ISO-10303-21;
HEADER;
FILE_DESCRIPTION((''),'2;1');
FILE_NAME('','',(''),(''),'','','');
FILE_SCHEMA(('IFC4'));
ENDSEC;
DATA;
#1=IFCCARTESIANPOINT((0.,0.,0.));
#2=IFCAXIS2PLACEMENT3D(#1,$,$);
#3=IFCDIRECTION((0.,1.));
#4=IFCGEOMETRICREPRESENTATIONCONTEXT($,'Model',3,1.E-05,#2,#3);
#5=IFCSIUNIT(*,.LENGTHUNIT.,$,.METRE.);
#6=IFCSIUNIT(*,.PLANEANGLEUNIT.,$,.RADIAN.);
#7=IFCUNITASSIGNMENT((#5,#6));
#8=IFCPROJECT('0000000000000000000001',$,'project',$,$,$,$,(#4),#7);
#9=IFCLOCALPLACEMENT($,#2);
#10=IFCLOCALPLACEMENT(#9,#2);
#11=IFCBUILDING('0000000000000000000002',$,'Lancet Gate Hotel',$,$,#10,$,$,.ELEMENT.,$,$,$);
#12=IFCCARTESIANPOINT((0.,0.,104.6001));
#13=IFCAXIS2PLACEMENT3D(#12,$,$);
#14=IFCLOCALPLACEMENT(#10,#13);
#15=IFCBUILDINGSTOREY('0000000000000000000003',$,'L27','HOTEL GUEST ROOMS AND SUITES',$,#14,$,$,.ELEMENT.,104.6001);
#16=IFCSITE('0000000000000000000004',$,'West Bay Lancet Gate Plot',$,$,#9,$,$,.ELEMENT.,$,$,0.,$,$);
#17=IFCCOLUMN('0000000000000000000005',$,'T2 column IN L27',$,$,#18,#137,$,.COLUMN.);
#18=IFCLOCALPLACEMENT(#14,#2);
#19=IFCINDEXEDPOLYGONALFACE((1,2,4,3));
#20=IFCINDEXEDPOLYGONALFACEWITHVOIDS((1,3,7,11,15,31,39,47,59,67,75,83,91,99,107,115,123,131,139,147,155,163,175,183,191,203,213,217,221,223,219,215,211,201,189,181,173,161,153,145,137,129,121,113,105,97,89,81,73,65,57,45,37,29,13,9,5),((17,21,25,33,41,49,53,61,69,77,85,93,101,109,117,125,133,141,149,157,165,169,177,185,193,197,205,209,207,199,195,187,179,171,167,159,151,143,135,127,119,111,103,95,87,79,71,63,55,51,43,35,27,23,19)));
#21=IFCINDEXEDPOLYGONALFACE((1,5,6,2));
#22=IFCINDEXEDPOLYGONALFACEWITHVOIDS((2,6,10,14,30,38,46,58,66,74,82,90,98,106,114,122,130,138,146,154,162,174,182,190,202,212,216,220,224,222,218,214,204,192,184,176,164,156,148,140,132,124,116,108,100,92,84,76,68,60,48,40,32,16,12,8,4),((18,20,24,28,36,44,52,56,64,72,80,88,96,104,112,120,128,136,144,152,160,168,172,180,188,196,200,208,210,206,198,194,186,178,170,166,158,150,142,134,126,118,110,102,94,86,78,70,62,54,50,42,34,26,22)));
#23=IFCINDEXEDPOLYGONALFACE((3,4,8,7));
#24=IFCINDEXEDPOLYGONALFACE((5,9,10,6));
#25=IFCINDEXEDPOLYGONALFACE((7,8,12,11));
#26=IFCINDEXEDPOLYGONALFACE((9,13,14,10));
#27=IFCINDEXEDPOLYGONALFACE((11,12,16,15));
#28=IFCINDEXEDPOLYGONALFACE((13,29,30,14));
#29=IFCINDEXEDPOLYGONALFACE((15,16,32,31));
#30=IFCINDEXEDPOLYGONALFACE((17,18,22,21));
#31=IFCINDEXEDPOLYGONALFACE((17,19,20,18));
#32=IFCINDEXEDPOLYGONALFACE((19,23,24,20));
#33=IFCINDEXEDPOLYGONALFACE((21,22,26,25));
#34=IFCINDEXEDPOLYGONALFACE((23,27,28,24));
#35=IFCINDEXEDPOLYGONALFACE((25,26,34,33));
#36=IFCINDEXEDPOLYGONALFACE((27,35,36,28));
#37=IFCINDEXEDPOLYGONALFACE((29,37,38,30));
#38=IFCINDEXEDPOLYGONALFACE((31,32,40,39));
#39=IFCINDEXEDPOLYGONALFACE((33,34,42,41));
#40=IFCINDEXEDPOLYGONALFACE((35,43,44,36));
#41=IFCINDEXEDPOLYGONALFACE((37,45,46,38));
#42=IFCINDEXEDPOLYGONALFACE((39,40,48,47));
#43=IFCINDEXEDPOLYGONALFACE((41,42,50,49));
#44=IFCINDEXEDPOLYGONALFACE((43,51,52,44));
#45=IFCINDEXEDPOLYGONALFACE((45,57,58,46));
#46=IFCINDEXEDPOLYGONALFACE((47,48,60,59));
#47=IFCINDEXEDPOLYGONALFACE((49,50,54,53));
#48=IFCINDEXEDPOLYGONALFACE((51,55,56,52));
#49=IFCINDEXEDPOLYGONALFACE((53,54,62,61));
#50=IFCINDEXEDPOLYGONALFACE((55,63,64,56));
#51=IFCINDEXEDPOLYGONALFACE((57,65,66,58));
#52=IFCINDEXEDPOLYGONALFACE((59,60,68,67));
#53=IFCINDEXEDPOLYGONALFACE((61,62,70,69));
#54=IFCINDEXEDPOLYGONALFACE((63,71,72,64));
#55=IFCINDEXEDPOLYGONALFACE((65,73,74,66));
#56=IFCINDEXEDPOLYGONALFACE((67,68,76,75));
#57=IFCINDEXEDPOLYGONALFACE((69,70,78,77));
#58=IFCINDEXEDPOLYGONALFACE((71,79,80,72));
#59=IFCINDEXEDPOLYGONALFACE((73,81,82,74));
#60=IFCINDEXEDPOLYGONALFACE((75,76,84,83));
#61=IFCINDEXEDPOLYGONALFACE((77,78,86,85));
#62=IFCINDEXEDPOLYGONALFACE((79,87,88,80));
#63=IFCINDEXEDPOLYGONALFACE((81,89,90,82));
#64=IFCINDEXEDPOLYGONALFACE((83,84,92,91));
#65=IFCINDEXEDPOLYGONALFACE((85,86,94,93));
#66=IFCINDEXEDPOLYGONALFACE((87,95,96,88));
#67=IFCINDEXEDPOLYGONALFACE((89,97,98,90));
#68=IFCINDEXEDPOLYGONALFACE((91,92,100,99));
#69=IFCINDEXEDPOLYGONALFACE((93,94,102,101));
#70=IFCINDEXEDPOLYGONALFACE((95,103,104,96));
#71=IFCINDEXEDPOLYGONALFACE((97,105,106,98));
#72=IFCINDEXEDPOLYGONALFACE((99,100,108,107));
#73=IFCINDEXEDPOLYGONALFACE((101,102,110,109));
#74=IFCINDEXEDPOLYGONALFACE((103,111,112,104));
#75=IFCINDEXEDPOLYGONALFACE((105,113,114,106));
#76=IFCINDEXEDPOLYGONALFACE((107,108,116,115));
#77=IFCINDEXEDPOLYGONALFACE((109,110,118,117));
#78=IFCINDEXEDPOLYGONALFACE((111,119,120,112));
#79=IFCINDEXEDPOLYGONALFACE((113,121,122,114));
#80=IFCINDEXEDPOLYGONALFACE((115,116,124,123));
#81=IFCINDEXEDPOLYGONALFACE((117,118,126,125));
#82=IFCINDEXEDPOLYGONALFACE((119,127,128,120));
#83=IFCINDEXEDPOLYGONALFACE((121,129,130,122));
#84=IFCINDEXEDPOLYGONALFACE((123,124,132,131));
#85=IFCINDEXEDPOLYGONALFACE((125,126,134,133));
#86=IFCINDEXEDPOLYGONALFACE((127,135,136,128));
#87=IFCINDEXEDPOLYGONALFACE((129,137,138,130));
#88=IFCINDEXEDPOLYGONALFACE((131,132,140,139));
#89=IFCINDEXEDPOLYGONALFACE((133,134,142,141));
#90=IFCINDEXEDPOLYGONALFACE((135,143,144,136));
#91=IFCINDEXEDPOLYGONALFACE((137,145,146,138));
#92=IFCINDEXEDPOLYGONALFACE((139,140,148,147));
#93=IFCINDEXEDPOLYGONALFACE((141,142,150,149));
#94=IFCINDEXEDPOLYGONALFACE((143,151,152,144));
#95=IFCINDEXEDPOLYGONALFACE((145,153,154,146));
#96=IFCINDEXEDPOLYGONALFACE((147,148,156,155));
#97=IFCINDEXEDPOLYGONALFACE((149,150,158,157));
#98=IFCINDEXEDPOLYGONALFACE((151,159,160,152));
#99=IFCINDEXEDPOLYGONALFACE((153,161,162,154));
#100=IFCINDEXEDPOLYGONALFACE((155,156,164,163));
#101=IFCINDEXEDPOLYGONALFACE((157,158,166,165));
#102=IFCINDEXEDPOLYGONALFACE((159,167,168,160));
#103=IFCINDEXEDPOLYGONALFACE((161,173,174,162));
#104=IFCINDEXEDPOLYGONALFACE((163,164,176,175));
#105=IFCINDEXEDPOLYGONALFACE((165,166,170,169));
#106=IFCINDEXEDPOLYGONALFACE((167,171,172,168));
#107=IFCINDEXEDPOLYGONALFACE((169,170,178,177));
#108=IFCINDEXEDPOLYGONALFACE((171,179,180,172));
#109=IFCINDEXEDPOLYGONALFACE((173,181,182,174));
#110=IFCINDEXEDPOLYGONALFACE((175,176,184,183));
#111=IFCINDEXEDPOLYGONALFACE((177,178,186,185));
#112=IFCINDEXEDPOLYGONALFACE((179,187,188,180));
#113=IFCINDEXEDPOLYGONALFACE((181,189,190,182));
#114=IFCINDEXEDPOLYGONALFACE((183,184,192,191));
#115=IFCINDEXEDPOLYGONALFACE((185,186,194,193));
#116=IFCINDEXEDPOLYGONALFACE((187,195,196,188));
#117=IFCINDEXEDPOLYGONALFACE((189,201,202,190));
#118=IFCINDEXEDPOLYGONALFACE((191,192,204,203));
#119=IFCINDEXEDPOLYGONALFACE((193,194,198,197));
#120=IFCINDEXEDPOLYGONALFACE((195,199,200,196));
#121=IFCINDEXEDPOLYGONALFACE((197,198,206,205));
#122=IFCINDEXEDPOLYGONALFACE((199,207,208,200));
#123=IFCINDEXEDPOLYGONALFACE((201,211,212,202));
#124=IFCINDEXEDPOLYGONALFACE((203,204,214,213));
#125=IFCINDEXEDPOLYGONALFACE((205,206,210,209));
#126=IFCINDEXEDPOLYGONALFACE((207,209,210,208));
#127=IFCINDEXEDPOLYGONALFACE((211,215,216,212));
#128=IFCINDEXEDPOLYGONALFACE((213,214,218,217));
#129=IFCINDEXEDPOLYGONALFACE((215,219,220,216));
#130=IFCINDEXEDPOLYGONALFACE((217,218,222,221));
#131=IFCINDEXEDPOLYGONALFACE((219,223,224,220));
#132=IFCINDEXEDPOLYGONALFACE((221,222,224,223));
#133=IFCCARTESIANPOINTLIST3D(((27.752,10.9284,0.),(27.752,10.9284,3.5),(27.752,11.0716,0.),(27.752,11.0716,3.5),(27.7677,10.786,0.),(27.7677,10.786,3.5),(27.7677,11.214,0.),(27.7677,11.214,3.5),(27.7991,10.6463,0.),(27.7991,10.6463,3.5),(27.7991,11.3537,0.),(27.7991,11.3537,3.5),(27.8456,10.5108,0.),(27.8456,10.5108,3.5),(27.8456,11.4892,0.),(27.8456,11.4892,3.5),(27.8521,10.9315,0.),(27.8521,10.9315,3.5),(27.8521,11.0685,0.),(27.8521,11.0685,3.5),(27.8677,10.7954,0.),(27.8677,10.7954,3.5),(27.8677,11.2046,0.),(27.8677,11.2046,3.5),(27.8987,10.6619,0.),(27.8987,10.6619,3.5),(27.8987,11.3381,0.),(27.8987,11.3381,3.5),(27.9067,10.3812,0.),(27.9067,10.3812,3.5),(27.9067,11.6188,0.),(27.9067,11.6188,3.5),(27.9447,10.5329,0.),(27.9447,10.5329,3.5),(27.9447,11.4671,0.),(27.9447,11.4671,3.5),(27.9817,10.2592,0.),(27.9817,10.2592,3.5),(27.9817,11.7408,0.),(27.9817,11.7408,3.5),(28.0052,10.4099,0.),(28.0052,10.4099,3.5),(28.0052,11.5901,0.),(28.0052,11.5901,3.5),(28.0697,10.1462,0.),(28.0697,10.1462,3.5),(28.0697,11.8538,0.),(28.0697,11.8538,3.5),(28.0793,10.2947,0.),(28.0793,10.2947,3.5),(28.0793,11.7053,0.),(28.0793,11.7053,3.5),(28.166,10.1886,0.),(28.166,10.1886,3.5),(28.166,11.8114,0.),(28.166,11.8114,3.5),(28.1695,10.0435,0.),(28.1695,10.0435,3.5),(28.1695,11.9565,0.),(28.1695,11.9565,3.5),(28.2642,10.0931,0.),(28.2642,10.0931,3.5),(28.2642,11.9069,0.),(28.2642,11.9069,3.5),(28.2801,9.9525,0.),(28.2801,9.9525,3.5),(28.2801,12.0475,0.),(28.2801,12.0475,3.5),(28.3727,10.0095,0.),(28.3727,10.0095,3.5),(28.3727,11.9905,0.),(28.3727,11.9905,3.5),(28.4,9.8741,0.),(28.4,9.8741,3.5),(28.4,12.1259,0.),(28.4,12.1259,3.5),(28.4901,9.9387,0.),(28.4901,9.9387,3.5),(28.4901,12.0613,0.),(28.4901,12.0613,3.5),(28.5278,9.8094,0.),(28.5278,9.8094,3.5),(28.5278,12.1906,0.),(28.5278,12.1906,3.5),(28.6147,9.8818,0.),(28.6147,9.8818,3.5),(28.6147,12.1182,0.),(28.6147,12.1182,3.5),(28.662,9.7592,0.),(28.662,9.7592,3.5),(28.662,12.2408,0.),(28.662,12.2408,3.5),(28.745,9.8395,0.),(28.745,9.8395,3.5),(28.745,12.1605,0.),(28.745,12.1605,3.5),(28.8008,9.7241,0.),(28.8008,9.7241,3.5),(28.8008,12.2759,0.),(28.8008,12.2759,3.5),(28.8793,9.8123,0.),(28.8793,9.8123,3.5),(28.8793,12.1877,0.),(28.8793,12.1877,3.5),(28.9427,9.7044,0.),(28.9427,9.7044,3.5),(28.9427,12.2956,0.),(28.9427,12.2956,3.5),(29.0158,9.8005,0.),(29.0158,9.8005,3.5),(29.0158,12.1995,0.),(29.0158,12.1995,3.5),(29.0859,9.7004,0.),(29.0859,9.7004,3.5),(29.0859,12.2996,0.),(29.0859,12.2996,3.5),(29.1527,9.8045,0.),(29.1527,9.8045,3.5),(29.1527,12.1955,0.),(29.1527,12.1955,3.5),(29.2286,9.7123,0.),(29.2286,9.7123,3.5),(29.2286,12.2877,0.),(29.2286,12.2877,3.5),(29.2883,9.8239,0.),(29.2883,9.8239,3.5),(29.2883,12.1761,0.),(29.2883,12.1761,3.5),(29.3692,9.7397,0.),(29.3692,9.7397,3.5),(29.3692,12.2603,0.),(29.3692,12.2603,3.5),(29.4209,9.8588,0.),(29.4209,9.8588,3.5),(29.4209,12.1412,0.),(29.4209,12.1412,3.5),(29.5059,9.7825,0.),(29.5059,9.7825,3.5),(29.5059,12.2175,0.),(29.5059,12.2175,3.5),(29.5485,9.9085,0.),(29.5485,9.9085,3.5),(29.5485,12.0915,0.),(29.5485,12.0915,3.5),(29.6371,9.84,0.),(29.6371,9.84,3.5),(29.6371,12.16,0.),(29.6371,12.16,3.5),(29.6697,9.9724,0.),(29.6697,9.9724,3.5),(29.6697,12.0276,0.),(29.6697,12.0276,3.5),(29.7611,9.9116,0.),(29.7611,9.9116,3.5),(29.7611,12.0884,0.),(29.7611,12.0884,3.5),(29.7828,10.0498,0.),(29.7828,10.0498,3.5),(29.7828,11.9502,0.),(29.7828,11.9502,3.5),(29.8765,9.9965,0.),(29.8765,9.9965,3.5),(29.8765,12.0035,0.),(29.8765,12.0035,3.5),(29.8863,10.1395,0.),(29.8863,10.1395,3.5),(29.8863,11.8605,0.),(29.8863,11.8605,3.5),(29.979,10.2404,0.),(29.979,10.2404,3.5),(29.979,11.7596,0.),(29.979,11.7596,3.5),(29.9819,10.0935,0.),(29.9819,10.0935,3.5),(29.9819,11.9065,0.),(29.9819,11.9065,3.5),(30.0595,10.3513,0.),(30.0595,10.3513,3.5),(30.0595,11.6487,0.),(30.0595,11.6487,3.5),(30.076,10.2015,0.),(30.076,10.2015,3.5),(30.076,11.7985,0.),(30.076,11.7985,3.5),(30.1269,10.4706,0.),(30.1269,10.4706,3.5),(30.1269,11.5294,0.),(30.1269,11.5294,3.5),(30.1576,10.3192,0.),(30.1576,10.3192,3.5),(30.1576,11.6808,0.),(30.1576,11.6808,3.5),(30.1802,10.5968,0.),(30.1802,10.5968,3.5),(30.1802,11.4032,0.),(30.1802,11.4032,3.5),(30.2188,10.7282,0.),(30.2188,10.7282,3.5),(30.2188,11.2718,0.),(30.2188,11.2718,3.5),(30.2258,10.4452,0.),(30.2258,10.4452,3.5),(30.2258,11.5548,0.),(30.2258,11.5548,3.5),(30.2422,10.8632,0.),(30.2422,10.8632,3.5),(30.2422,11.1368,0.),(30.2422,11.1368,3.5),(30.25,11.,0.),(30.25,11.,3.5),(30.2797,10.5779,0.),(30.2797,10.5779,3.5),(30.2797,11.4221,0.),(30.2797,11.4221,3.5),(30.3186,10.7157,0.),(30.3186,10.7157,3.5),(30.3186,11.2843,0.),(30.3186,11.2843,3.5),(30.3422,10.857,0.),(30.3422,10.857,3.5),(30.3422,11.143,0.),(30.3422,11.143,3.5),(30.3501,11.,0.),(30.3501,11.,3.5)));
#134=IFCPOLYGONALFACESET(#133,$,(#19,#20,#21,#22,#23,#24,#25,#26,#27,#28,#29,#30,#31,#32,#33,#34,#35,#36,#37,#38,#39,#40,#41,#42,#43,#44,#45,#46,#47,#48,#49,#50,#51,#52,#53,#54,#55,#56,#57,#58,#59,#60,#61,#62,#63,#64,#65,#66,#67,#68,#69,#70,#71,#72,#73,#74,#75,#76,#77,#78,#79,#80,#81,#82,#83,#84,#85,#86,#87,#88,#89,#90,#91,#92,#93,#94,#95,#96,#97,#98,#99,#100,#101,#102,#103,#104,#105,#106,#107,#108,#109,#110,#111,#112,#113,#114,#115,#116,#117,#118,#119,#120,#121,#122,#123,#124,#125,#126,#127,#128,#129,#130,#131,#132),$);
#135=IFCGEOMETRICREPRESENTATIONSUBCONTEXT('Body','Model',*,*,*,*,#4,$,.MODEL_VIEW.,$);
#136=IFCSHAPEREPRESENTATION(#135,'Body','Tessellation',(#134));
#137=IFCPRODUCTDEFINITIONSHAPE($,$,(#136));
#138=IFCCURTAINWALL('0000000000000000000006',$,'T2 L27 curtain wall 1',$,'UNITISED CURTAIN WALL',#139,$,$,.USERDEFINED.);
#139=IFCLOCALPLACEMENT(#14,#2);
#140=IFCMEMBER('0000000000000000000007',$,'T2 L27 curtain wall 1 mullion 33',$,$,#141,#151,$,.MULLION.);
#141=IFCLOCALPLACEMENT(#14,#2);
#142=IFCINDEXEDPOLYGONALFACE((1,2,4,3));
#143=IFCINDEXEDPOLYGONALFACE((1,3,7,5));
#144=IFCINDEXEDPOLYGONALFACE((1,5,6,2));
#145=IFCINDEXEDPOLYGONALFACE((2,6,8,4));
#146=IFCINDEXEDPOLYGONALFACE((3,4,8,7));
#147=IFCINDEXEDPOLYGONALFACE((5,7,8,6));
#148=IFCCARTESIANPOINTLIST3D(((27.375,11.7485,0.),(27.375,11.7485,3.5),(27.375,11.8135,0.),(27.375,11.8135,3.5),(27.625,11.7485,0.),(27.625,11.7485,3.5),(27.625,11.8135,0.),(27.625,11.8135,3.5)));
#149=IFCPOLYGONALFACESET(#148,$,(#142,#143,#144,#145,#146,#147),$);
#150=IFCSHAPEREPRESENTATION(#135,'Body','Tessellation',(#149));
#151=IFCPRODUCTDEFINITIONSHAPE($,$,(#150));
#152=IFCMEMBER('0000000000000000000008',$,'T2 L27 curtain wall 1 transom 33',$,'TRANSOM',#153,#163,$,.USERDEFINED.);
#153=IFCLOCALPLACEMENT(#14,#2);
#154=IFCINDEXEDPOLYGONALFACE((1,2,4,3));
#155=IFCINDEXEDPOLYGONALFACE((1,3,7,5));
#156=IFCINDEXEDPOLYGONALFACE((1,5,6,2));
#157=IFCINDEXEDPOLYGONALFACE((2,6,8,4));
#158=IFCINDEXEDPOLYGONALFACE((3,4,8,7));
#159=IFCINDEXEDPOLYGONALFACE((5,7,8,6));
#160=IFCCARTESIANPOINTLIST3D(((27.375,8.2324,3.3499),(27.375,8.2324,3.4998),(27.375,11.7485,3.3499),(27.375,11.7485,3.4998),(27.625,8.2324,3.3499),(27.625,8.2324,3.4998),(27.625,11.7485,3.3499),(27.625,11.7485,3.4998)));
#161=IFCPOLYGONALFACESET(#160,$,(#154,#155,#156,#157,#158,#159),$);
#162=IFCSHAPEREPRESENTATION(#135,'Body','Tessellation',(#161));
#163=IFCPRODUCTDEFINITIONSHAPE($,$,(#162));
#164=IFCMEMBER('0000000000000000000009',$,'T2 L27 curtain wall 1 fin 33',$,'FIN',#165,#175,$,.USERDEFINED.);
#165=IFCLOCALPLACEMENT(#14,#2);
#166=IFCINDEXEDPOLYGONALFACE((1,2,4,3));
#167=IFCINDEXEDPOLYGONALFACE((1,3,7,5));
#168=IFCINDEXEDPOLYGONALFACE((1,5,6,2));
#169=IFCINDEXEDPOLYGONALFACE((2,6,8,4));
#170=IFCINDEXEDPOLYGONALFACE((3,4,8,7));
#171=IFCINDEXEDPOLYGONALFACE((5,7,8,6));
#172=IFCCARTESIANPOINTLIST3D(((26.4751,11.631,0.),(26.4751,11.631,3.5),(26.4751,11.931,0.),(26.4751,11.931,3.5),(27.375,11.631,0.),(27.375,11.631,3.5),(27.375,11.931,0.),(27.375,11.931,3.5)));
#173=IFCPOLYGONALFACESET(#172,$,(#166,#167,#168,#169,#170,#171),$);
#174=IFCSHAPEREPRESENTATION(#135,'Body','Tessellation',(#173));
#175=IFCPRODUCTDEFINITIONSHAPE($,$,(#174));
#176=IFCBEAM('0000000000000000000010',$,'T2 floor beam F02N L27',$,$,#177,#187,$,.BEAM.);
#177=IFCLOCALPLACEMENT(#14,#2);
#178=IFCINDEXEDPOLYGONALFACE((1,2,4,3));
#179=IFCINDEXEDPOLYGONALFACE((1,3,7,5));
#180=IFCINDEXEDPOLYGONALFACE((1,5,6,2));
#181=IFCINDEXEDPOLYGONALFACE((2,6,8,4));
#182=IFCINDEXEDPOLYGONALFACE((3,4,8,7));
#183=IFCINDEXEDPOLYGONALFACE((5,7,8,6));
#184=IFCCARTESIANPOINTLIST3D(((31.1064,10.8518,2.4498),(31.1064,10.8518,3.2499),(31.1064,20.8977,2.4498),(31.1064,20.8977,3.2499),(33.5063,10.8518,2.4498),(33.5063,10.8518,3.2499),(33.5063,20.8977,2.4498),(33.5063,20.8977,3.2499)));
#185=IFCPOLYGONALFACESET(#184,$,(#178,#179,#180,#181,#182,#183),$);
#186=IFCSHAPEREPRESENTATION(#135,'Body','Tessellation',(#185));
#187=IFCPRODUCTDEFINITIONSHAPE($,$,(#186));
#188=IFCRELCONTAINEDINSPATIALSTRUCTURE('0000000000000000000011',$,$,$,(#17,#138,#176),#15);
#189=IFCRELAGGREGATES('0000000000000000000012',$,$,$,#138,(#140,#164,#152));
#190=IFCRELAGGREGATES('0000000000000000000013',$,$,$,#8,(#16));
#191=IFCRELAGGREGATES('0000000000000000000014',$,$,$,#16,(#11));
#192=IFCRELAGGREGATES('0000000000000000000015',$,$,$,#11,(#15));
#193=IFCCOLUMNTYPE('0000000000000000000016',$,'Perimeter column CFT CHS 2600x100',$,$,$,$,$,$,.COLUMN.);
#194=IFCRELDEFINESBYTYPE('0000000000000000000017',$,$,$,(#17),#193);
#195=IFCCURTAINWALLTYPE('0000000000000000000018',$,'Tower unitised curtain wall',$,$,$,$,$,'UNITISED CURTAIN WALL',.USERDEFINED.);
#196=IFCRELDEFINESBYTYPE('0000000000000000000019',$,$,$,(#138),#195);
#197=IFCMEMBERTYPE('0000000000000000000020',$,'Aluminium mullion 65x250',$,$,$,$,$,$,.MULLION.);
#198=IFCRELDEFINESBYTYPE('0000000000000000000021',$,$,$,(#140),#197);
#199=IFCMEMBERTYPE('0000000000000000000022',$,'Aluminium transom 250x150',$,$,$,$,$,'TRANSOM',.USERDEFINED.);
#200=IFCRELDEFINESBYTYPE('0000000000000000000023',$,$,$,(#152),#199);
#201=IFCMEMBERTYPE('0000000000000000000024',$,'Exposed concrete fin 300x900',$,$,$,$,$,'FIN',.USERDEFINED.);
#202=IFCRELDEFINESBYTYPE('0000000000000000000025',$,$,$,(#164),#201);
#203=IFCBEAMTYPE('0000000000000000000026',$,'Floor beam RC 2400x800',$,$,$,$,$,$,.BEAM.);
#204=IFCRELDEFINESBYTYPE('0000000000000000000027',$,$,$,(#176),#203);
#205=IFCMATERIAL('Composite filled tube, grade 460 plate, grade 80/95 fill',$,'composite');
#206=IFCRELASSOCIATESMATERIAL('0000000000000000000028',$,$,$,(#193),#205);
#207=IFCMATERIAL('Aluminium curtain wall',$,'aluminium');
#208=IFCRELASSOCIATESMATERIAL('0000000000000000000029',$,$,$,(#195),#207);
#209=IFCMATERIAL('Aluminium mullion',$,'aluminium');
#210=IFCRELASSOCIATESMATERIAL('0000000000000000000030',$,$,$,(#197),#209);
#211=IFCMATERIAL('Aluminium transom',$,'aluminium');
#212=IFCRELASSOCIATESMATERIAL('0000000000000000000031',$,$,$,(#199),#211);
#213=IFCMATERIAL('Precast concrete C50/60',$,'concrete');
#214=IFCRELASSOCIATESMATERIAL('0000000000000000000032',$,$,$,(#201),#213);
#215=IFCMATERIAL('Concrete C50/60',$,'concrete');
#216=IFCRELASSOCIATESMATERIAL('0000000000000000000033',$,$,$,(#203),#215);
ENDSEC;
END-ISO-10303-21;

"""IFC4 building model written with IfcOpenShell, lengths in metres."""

from ifc_helpers import new_model, si_unit, direction, frame, origin, origin_2d, place, context, subcontext, project, spatial, rectangle, hollow_circle, extrude, material, material_profile, profile_set, type_object, element, aggregate, save


model = new_model("IFC4")

# Units and contexts
model_context = context("Model", 3, precision=1e-05, world=origin(), true_north=direction((0.0, 1.0)))
body_context = subcontext(model_context, "Body", "Model", "MODEL_VIEW")
ifc_project = project(units=[si_unit("LENGTHUNIT", "METRE"), si_unit("PLANEANGLEUNIT", "RADIAN")], contexts=[model_context])

# Site, building, storey
site_placement = place(None, origin())
site = spatial("IfcSite", under=ifc_project, at=site_placement, Name="West Bay Lancet Gate Plot", CompositionType="ELEMENT", RefElevation=0.0)
building_placement = place(site_placement, origin())
building = spatial("IfcBuilding", under=site, at=building_placement, Name="Lancet Gate Hotel", CompositionType="ELEMENT")
storey_placement = place(building_placement, frame((0.0, 0.0, 104.6001)))
storey = spatial("IfcBuildingStorey", under=building, at=storey_placement, Name="L27", Description="HOTEL GUEST ROOMS AND SUITES", CompositionType="ELEMENT", Elevation=104.6001)

# Column
ifc_material_1 = material(Name="Composite filled tube, grade 460 plate, grade 80/95 fill", Category="composite")
ifc_material_profile_1 = material_profile(ifc_material_1, hollow_circle(Radius=1.3, WallThickness=0.1001, at=origin_2d()), Name="CHS 2600x100")
ifc_profile_set_1 = profile_set([ifc_material_profile_1], Name="Composite filled tube, grade 460 plate, grade 80/95 fill")
column_type = type_object("IfcColumnType", Name="Perimeter column CFT CHS 2600x100", PredefinedType="COLUMN", material=ifc_profile_set_1)
column_placement = place(storey_placement, frame((29.05, 11.0, 0.0), z_axis=(0.0, 0.0, 1.0), x_axis=(1.0, 0.0, 0.0)))
element("IfcColumn", 1, at=column_placement, inside=storey, type_object=column_type, Name="T2 column IN L27", PredefinedType="COLUMN", context=body_context, shape_type="SweptSolid", body=[
    extrude(hollow_circle(Radius=1.3, WallThickness=0.1001, at=origin_2d()), origin(), (0.0, 0.0, 1.0), 3.5),
])

# Curtain wall, members
ifc_material_2 = material(Name="Aluminium curtain wall", Category="aluminium")
curtain_wall_type = type_object("IfcCurtainWallType", Name="Tower unitised curtain wall", ElementType="UNITISED CURTAIN WALL", PredefinedType="USERDEFINED", material=ifc_material_2)
curtain_wall_placement = place(storey_placement, origin())
curtain_wall = element("IfcCurtainWall", 2, at=curtain_wall_placement, inside=storey, type_object=curtain_wall_type, Name="T2 L27 curtain wall 1", ObjectType="UNITISED CURTAIN WALL", PredefinedType="USERDEFINED")
ifc_material_3 = material(Name="Aluminium mullion", Category="aluminium")
ifc_material_profile_2 = material_profile(ifc_material_3, rectangle(XDim=0.0649, YDim=0.25, at=origin_2d()), Name="MULLION 65x250")
ifc_profile_set_2 = profile_set([ifc_material_profile_2], Name="Aluminium mullion")
member_type_1 = type_object("IfcMemberType", Name="Aluminium mullion 65x250", PredefinedType="MULLION", material=ifc_profile_set_2)
member_1_placement = place(storey_placement, frame((27.5, 11.781, 0.0), z_axis=(0.0, 0.0, 1.0), x_axis=(0.0, -1.0, 0.0)))
member_1 = element("IfcMember", 3, at=member_1_placement, type_object=member_type_1, Name="T2 L27 curtain wall 1 mullion 33", PredefinedType="MULLION", context=body_context, shape_type="SweptSolid", body=[
    extrude(rectangle(XDim=0.0649, YDim=0.25, at=origin_2d()), origin(), (0.0, 0.0, 1.0), 3.5),
])
ifc_material_4 = material(Name="Aluminium transom", Category="aluminium")
ifc_material_profile_3 = material_profile(ifc_material_4, rectangle(XDim=0.25, YDim=0.1499, at=origin_2d()), Name="TRANSOM 250x150")
ifc_profile_set_3 = profile_set([ifc_material_profile_3], Name="Aluminium transom")
member_type_2 = type_object("IfcMemberType", Name="Aluminium transom 250x150", ElementType="TRANSOM", PredefinedType="USERDEFINED", material=ifc_profile_set_3)
member_2_placement = place(storey_placement, frame((27.5, 11.7485, 3.4248), z_axis=(0.0, -1.0, 0.0), x_axis=(1.0, 0.0, 0.0)))
member_2 = element("IfcMember", 4, at=member_2_placement, type_object=member_type_2, Name="T2 L27 curtain wall 1 transom 33", ObjectType="TRANSOM", PredefinedType="USERDEFINED", context=body_context, shape_type="SweptSolid", body=[
    extrude(rectangle(XDim=0.25, YDim=0.1499, at=origin_2d()), origin(), (0.0, 0.0, 1.0), 3.5161),
])
ifc_material_5 = material(Name="Precast concrete C50/60", Category="concrete")
ifc_material_profile_4 = material_profile(ifc_material_5, rectangle(XDim=0.3, YDim=0.8999, at=origin_2d()), Name="FIN 300x900")
ifc_profile_set_4 = profile_set([ifc_material_profile_4], Name="Precast concrete C50/60")
member_type_3 = type_object("IfcMemberType", Name="Exposed concrete fin 300x900", ElementType="FIN", PredefinedType="USERDEFINED", material=ifc_profile_set_4)
member_3_placement = place(storey_placement, frame((26.925, 11.781, 0.0), z_axis=(0.0, 0.0, 1.0), x_axis=(0.0, -1.0, 0.0)))
member_3 = element("IfcMember", 5, at=member_3_placement, type_object=member_type_3, Name="T2 L27 curtain wall 1 fin 33", ObjectType="FIN", PredefinedType="USERDEFINED", context=body_context, shape_type="SweptSolid", body=[
    extrude(rectangle(XDim=0.3, YDim=0.8999, at=origin_2d()), origin(), (0.0, 0.0, 1.0), 3.5),
])

# Beam
ifc_material_6 = material(Name="Concrete C50/60", Category="concrete")
ifc_material_profile_5 = material_profile(ifc_material_6, rectangle(XDim=2.3999, YDim=0.8, at=origin_2d()), Name="RC 2400x800")
ifc_profile_set_5 = profile_set([ifc_material_profile_5], Name="Concrete C50/60")
beam_type_1 = type_object("IfcBeamType", Name="Floor beam RC 2400x800", PredefinedType="BEAM", material=ifc_profile_set_5)
beam_1_placement = place(storey_placement, frame((32.3064, 10.8518, 2.8499), z_axis=(0.0, 1.0, 0.0), x_axis=(-1.0, 0.0, 0.0)))
element("IfcBeam", 6, at=beam_1_placement, inside=storey, type_object=beam_type_1, Name="T2 floor beam F02N L27", PredefinedType="BEAM", context=body_context, shape_type="SweptSolid", body=[
    extrude(rectangle(XDim=2.3999, YDim=0.8, at=origin_2d()), origin(), (0.0, 0.0, 1.0), 10.0459),
])

aggregate(curtain_wall, [member_1, member_3, member_2])

save(model, "model.ifc")
